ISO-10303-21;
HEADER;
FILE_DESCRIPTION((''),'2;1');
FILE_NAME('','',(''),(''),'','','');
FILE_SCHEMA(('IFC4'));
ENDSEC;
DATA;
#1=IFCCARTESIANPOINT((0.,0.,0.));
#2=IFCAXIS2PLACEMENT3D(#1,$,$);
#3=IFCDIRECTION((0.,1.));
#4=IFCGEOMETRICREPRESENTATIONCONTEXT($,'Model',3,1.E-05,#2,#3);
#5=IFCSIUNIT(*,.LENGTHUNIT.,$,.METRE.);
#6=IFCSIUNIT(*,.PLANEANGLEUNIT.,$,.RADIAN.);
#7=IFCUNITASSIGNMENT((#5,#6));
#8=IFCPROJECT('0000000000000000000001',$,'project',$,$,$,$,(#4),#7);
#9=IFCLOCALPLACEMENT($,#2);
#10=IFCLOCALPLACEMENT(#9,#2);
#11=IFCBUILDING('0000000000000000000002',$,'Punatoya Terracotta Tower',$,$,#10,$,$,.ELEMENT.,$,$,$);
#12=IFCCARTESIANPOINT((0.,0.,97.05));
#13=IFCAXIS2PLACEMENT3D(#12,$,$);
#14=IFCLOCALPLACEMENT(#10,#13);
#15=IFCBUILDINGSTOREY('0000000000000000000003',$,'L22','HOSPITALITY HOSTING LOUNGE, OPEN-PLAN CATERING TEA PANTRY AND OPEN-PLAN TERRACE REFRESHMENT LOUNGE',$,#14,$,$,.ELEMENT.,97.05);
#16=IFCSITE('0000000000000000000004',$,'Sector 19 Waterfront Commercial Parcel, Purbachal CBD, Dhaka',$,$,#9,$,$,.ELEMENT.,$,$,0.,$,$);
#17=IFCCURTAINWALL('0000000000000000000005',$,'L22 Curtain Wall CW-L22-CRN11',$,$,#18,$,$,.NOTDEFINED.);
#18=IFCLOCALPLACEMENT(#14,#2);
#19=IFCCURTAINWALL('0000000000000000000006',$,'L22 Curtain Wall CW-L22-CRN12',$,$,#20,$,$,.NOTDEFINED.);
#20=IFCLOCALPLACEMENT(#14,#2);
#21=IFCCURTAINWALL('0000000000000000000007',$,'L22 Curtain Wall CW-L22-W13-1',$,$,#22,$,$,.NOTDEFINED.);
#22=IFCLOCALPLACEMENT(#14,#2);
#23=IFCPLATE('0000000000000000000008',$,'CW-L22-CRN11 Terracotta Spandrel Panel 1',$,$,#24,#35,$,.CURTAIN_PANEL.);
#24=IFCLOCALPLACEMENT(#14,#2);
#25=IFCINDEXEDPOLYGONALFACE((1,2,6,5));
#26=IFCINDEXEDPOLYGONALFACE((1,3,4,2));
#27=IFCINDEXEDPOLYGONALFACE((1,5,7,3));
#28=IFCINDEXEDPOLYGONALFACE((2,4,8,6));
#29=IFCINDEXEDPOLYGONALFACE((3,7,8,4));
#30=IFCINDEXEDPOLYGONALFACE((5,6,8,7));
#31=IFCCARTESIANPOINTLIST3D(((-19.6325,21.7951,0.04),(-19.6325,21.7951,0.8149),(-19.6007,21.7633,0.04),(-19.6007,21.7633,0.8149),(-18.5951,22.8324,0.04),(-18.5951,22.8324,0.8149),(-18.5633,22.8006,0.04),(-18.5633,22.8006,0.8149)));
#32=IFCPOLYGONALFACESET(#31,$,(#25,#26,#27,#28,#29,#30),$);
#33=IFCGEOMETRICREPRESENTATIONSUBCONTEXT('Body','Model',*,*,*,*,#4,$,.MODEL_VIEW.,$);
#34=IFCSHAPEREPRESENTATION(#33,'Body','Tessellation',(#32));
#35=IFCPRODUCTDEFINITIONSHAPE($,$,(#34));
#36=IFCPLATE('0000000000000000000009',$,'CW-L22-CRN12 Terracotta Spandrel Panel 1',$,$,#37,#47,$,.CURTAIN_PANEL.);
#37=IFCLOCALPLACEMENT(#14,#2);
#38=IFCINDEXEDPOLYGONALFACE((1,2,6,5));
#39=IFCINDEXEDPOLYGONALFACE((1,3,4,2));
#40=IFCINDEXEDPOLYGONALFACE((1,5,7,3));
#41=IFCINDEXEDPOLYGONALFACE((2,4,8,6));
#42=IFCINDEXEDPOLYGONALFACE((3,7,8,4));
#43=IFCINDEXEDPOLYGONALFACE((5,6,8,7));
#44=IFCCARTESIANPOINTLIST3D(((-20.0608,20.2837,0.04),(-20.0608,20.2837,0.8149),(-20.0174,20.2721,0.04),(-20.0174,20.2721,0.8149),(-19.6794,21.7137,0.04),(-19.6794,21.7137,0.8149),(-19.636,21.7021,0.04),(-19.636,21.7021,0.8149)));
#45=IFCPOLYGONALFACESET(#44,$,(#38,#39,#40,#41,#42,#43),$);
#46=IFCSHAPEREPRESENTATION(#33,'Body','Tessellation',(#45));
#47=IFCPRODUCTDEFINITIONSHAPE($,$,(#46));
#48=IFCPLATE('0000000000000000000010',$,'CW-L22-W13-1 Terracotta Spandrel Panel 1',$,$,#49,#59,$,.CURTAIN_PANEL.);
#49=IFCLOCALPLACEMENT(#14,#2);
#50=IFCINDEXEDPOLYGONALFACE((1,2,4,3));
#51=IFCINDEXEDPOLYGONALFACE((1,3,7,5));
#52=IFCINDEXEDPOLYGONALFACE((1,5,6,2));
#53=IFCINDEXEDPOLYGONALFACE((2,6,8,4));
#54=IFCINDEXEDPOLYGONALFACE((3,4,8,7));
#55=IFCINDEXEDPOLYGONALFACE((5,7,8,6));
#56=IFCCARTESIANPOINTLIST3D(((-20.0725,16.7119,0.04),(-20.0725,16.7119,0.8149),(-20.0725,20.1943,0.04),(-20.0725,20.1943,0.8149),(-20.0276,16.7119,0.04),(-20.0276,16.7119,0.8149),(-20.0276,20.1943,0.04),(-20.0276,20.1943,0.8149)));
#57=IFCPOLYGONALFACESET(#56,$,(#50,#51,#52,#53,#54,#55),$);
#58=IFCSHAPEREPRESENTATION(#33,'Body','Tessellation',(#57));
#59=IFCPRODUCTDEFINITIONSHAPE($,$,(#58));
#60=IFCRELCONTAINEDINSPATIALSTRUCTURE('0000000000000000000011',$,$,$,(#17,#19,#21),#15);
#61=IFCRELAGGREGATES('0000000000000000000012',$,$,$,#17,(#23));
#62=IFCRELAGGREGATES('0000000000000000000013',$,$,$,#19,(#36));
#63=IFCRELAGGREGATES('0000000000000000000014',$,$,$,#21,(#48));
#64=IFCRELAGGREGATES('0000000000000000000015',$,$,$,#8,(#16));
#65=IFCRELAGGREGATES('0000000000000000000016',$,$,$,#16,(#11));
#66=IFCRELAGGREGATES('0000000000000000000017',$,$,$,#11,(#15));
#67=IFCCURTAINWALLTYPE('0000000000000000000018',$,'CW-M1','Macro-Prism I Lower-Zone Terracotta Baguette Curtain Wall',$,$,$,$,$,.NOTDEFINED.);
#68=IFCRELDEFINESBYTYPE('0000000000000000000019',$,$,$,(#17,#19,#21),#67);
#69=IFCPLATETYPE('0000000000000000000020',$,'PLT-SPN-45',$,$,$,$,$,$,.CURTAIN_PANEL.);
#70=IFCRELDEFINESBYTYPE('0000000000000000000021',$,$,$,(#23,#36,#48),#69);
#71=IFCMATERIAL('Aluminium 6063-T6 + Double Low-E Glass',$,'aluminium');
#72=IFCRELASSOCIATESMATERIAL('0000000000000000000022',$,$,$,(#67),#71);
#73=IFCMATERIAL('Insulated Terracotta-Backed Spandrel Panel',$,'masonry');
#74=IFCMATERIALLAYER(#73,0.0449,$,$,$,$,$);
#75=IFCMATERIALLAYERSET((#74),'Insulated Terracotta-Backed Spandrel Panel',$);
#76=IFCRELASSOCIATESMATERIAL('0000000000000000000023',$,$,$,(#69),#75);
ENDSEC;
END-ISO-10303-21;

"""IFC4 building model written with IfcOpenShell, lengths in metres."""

from ifc_helpers import new_model, si_unit, direction, frame, origin, origin_2d, place, context, subcontext, project, spatial, rectangle, extrude, material, layer, layer_set, type_object, element, aggregate, save


model = new_model("IFC4")

# Units and contexts
model_context = context("Model", 3, precision=1e-05, world=origin(), true_north=direction((0.0, 1.0)))
body_context = subcontext(model_context, "Body", "Model", "MODEL_VIEW")
ifc_project = project(units=[si_unit("LENGTHUNIT", "METRE"), si_unit("PLANEANGLEUNIT", "RADIAN")], contexts=[model_context])

# Site, building, storey
site_placement = place(None, origin())
site = spatial("IfcSite", under=ifc_project, at=site_placement, Name="Sector 19 Waterfront Commercial Parcel, Purbachal CBD, Dhaka", CompositionType="ELEMENT", RefElevation=0.0)
building_placement = place(site_placement, origin())
building = spatial("IfcBuilding", under=site, at=building_placement, Name="Punatoya Terracotta Tower", CompositionType="ELEMENT")
storey_placement = place(building_placement, frame((0.0, 0.0, 97.05)))
storey = spatial("IfcBuildingStorey", under=building, at=storey_placement, Name="L22", Description="HOSPITALITY HOSTING LOUNGE, OPEN-PLAN CATERING TEA PANTRY AND OPEN-PLAN TERRACE REFRESHMENT LOUNGE", CompositionType="ELEMENT", Elevation=97.05)

# Shared definitions
ifc_material_1 = material(Name="Aluminium 6063-T6 + Double Low-E Glass", Category="aluminium")
curtain_wall_type = type_object("IfcCurtainWallType", Name="CW-M1", Description="Macro-Prism I Lower-Zone Terracotta Baguette Curtain Wall", PredefinedType="NOTDEFINED", material=ifc_material_1)

# Curtain walls
curtain_wall_1_placement = place(storey_placement, origin())
curtain_wall_1 = element("IfcCurtainWall", 1, at=curtain_wall_1_placement, inside=storey, type_object=curtain_wall_type, Name="L22 Curtain Wall CW-L22-CRN11", PredefinedType="NOTDEFINED")
curtain_wall_2_placement = place(storey_placement, origin())
curtain_wall_2 = element("IfcCurtainWall", 2, at=curtain_wall_2_placement, inside=storey, type_object=curtain_wall_type, Name="L22 Curtain Wall CW-L22-CRN12", PredefinedType="NOTDEFINED")
curtain_wall_3_placement = place(storey_placement, origin())
curtain_wall_3 = element("IfcCurtainWall", 3, at=curtain_wall_3_placement, inside=storey, type_object=curtain_wall_type, Name="L22 Curtain Wall CW-L22-W13-1", PredefinedType="NOTDEFINED")

# Plates
ifc_material_2 = material(Name="Insulated Terracotta-Backed Spandrel Panel", Category="masonry")
ifc_layer_1 = layer(ifc_material_2, 0.0449)
ifc_layer_set_1 = layer_set([ifc_layer_1], Name="Insulated Terracotta-Backed Spandrel Panel")
plate_type_1 = type_object("IfcPlateType", Name="PLT-SPN-45", PredefinedType="CURTAIN_PANEL", material=ifc_layer_set_1)
plate_1_placement = place(storey_placement, frame((-19.0979, 22.2979, 0.04), z_axis=(0.0, 0.0, 1.0), x_axis=(-0.707107, -0.707107, 0.0)))
plate_1 = element("IfcPlate", 4, at=plate_1_placement, type_object=plate_type_1, Name="CW-L22-CRN11 Terracotta Spandrel Panel 1", PredefinedType="CURTAIN_PANEL", context=body_context, shape_type="SweptSolid", body=[
    extrude(rectangle(XDim=1.467, YDim=0.0449, at=origin_2d()), origin(), (0.0, 0.0, 1.0), 0.7749),
])
aggregate(curtain_wall_1, [plate_1])
plate_2_placement = place(storey_placement, frame((-19.8484, 20.9929, 0.04), z_axis=(0.0, 0.0, 1.0), x_axis=(-0.257742, -0.966214, 0.0)))
plate_2 = element("IfcPlate", 5, at=plate_2_placement, type_object=plate_type_1, Name="CW-L22-CRN12 Terracotta Spandrel Panel 1", PredefinedType="CURTAIN_PANEL", context=body_context, shape_type="SweptSolid", body=[
    extrude(rectangle(XDim=1.48, YDim=0.0449, at=origin_2d()), origin(), (0.0, 0.0, 1.0), 0.7749),
])
aggregate(curtain_wall_2, [plate_2])
plate_3_placement = place(storey_placement, frame((-20.05, 18.4531, 0.04), z_axis=(0.0, 0.0, 1.0), x_axis=(0.0, -1.0, 0.0)))
plate_3 = element("IfcPlate", 6, at=plate_3_placement, type_object=plate_type_1, Name="CW-L22-W13-1 Terracotta Spandrel Panel 1", PredefinedType="CURTAIN_PANEL", context=body_context, shape_type="SweptSolid", body=[
    extrude(rectangle(XDim=3.4824, YDim=0.0449, at=origin_2d()), origin(), (0.0, 0.0, 1.0), 0.7749),
])
aggregate(curtain_wall_3, [plate_3])

save(model, "model.ifc")
